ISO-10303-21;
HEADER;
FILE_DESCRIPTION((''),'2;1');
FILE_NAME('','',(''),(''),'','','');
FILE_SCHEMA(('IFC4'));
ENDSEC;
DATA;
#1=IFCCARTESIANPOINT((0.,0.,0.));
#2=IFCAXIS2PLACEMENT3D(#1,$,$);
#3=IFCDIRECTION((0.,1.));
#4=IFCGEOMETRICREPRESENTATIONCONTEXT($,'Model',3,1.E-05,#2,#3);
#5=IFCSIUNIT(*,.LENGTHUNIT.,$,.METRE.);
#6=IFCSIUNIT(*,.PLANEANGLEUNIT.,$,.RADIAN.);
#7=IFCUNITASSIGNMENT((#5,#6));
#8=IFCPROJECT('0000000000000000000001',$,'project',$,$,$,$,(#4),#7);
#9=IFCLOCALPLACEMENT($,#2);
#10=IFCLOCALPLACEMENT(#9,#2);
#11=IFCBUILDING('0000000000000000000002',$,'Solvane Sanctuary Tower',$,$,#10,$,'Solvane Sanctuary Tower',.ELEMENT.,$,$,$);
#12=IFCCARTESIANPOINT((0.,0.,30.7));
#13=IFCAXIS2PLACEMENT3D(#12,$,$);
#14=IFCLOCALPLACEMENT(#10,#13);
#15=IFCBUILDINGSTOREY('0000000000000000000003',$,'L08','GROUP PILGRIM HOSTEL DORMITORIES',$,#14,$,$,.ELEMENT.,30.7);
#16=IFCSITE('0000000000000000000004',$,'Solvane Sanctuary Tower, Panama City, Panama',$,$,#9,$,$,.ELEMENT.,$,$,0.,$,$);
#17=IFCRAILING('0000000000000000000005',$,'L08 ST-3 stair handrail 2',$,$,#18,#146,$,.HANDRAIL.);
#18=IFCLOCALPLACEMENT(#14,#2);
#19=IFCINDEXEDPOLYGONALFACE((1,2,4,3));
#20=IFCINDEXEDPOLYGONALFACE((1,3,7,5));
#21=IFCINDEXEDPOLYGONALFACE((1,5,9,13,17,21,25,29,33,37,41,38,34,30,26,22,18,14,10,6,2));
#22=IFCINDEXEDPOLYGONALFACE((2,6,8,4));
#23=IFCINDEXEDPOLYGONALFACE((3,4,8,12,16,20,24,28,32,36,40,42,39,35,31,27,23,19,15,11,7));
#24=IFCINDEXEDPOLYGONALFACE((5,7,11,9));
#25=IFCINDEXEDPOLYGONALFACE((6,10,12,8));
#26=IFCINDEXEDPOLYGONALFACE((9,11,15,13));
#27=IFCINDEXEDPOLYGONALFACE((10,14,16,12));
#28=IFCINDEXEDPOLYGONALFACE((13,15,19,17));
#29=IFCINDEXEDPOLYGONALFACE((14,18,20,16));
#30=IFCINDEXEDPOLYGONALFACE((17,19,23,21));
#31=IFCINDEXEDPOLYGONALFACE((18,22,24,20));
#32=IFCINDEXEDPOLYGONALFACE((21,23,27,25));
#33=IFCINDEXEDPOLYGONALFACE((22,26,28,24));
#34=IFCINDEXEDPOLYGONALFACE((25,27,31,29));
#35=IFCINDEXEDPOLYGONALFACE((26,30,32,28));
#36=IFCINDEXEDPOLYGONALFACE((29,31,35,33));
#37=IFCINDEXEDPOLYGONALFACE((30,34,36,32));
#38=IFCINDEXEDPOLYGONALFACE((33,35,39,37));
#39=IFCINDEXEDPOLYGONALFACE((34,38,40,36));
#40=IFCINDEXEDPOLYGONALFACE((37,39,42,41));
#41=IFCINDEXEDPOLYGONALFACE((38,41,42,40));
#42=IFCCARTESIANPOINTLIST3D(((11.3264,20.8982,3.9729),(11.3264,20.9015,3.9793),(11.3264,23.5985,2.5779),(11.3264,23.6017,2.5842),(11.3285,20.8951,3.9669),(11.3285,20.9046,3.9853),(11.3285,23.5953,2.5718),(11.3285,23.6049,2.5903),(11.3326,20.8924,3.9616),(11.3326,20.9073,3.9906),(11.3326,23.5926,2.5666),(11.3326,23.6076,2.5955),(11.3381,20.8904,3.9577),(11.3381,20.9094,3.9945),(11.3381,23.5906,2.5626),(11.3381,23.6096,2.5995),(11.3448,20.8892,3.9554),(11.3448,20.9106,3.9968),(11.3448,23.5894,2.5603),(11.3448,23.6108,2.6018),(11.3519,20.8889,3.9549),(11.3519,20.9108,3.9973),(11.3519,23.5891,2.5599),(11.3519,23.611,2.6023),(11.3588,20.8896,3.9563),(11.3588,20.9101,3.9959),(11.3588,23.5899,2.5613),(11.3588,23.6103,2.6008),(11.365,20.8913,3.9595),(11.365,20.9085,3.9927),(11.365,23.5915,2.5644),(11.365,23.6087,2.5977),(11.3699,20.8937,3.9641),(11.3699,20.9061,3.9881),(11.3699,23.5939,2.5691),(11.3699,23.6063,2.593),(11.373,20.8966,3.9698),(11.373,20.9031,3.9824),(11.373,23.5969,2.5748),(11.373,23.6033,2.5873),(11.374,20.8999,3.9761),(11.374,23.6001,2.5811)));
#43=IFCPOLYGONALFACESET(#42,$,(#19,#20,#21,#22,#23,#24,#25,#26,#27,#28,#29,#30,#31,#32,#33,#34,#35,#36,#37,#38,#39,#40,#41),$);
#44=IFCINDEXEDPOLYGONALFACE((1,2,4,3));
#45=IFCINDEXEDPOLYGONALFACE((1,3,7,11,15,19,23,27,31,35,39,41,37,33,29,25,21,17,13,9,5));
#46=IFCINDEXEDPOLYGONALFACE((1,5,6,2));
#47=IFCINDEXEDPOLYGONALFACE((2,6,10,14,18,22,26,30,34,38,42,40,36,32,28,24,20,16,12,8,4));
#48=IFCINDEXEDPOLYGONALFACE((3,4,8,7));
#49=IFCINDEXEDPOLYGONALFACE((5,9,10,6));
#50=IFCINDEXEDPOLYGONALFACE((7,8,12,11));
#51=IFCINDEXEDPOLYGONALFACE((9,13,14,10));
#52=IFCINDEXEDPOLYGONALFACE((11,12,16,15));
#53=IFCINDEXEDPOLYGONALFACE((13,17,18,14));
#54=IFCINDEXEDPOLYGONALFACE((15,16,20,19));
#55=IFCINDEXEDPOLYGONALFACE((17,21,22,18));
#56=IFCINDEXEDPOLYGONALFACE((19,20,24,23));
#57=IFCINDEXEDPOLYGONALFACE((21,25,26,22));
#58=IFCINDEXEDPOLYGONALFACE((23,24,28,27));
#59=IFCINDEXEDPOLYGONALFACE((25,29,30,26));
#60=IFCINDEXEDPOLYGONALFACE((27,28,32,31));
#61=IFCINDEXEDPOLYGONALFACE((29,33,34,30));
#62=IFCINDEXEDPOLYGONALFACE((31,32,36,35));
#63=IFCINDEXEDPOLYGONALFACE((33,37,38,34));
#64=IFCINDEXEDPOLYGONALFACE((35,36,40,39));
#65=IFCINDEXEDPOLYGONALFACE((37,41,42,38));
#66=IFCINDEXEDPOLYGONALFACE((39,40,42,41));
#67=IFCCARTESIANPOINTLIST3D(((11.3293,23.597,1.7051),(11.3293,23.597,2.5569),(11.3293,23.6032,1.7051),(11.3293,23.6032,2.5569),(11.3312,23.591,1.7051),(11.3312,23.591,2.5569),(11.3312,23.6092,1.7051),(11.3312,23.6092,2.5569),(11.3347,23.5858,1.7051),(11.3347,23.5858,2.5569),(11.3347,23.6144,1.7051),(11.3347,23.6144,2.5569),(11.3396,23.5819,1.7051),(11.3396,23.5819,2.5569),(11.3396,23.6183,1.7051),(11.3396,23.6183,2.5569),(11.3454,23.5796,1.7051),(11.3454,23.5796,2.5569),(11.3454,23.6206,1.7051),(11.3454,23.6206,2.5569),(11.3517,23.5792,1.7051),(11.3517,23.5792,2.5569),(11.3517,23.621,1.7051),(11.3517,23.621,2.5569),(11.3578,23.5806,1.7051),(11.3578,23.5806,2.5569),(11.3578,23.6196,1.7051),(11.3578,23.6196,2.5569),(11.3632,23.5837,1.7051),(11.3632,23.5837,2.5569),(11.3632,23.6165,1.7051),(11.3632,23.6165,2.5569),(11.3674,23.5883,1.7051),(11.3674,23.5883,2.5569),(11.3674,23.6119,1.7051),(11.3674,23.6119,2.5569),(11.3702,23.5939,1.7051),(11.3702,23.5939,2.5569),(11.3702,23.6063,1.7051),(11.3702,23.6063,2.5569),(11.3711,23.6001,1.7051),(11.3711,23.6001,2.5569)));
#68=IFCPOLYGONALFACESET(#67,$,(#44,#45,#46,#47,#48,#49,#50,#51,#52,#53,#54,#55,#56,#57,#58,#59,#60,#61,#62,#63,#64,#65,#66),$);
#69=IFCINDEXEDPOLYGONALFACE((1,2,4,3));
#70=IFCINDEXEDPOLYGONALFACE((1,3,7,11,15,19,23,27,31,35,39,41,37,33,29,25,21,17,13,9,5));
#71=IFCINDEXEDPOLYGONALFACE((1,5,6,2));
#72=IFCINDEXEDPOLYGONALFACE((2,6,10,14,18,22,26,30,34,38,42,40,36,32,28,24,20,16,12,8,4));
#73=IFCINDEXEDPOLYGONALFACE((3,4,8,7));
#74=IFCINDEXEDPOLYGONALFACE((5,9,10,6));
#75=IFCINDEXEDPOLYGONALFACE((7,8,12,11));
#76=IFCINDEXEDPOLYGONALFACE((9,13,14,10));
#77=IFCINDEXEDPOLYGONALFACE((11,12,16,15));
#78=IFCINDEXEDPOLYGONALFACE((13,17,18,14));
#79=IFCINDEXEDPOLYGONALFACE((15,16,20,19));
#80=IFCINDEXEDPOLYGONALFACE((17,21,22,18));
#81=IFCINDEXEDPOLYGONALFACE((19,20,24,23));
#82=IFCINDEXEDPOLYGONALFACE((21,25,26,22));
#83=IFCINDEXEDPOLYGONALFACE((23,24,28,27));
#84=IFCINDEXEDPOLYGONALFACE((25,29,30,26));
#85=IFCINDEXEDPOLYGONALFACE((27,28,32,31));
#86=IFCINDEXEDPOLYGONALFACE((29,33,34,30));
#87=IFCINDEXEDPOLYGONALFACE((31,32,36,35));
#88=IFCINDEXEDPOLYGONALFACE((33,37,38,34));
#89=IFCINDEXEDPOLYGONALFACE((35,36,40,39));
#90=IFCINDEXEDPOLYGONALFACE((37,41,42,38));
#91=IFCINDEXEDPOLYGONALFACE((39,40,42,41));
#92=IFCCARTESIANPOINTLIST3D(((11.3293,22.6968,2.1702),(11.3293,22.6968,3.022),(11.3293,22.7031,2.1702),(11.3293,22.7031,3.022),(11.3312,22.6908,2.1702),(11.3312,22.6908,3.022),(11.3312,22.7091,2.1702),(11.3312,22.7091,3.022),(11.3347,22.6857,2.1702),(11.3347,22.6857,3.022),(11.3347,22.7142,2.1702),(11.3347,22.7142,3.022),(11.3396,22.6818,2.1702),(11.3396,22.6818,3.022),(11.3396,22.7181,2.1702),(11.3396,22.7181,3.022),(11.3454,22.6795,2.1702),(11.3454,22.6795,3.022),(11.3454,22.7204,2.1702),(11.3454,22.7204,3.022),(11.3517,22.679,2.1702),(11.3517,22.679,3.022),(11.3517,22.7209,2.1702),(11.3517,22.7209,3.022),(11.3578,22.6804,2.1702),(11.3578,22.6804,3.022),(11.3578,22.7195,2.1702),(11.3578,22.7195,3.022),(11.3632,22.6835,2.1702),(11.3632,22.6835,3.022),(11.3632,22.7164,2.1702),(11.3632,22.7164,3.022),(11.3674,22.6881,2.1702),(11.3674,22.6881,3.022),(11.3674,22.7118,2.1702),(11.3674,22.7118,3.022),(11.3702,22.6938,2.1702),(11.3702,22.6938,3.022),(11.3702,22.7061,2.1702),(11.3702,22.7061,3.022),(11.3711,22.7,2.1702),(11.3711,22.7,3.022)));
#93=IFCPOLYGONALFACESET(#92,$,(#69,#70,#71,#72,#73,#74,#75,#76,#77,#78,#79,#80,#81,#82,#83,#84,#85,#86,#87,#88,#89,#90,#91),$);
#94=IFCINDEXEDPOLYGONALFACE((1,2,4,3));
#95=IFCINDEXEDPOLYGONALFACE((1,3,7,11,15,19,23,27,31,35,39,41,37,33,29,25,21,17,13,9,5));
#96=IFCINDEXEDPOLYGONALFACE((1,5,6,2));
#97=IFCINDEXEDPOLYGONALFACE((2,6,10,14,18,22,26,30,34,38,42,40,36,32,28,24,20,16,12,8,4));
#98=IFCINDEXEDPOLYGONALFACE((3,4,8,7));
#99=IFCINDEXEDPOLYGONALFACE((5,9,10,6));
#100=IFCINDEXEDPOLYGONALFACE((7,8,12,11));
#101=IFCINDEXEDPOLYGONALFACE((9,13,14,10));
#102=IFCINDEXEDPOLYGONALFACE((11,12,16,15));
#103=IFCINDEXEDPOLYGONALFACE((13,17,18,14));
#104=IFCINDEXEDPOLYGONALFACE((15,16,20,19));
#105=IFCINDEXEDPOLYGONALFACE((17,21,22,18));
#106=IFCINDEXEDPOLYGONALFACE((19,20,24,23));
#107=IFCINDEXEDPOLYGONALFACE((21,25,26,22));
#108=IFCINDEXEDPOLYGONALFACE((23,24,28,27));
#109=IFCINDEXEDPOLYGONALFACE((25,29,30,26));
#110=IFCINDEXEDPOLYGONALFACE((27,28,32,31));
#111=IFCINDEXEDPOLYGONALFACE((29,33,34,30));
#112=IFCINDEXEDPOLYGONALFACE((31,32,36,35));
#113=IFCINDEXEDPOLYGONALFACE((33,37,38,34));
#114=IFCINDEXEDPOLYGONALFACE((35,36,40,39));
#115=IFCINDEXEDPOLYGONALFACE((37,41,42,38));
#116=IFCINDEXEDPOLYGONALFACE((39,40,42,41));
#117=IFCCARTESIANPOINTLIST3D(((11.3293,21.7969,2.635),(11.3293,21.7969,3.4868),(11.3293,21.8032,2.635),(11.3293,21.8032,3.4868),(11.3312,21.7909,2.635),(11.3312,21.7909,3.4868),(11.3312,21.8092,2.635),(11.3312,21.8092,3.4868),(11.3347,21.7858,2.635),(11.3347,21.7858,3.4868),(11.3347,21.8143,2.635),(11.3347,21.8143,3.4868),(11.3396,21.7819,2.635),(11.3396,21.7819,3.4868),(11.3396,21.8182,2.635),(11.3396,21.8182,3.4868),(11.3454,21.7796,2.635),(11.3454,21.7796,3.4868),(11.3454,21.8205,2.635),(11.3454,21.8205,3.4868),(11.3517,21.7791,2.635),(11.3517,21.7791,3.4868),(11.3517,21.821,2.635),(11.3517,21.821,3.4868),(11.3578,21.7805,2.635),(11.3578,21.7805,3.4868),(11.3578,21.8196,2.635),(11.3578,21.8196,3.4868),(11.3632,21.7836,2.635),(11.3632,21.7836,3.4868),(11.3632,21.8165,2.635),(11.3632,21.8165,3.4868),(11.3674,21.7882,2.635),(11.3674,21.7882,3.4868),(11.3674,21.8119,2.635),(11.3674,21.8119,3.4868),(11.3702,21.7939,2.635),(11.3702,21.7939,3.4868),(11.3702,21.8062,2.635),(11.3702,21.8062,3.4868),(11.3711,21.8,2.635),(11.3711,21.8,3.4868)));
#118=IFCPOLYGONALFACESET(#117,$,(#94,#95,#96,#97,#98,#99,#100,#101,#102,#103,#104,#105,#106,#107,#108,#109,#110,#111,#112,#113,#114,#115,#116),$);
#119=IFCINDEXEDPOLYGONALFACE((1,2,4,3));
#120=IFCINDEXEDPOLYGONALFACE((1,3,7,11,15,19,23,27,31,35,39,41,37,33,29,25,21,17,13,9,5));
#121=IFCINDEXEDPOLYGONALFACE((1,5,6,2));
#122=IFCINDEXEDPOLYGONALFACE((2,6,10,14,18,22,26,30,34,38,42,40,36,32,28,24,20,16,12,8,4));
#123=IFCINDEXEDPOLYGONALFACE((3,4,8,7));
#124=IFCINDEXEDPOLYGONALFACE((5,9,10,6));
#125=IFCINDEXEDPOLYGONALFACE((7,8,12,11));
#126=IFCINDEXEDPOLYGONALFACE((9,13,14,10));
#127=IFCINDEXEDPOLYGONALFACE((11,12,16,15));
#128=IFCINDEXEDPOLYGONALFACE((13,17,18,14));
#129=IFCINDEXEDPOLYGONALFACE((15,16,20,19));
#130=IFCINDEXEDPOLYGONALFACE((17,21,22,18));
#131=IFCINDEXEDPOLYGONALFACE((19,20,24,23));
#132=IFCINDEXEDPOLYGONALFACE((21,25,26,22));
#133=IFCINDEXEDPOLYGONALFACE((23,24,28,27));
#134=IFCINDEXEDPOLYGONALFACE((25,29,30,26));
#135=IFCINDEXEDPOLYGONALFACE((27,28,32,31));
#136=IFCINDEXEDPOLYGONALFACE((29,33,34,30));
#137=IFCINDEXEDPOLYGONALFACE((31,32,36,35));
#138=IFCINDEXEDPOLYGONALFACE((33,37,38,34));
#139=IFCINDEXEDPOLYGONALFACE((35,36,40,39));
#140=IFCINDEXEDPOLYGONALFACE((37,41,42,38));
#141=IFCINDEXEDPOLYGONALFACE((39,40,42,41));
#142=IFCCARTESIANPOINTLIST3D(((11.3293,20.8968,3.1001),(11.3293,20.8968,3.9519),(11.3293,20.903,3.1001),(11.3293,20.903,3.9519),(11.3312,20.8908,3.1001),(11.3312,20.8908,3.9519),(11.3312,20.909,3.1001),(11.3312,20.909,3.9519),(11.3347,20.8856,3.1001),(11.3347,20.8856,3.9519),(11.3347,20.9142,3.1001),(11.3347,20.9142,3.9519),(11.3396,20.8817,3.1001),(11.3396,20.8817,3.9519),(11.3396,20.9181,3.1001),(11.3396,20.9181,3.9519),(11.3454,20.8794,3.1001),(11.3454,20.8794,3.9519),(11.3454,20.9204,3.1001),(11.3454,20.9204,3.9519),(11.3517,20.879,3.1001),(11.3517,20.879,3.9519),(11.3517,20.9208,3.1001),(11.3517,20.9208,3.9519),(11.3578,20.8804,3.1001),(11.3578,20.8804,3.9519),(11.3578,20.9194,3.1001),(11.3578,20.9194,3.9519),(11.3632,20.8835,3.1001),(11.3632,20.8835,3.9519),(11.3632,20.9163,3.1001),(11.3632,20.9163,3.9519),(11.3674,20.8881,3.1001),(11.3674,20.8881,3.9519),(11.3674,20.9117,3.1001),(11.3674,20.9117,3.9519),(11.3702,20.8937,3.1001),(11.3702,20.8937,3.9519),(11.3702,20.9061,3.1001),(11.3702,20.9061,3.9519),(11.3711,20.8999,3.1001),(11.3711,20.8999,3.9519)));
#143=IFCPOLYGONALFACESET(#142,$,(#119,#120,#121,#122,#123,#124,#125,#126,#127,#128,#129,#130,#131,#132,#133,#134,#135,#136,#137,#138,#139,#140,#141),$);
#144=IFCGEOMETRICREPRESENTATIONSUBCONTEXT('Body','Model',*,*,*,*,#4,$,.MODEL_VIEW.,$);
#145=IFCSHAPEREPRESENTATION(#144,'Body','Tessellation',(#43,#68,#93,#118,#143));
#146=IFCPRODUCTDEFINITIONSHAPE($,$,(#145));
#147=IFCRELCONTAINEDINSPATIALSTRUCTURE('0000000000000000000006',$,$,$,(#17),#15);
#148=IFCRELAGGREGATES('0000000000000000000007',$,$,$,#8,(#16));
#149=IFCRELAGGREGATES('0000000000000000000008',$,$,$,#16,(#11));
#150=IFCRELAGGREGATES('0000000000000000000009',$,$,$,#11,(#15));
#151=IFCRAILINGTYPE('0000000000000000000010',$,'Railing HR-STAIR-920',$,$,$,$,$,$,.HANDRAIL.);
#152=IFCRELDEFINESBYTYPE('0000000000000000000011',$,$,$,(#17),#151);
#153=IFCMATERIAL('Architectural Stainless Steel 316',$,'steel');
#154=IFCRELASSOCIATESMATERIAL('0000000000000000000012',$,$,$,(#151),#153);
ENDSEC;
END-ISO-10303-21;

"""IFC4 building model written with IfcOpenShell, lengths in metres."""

from ifc_helpers import new_model, si_unit, direction, frame, origin, origin_2d, place, context, subcontext, project, spatial, circle, extrude, material, type_object, element, save


model = new_model("IFC4")

# Units and contexts
model_context = context("Model", 3, precision=1e-05, world=origin(), true_north=direction((0.0, 1.0)))
body_context = subcontext(model_context, "Body", "Model", "MODEL_VIEW")
ifc_project = project(units=[si_unit("LENGTHUNIT", "METRE"), si_unit("PLANEANGLEUNIT", "RADIAN")], contexts=[model_context])

# Site, building, storey
site_placement = place(None, origin())
site = spatial("IfcSite", under=ifc_project, at=site_placement, Name="Solvane Sanctuary Tower, Panama City, Panama", CompositionType="ELEMENT", RefElevation=0.0)
building_placement = place(site_placement, origin())
building = spatial("IfcBuilding", under=site, at=building_placement, Name="Solvane Sanctuary Tower", LongName="Solvane Sanctuary Tower", CompositionType="ELEMENT")
storey_placement = place(building_placement, frame((0.0, 0.0, 30.7)))
storey = spatial("IfcBuildingStorey", under=building, at=storey_placement, Name="L08", Description="GROUP PILGRIM HOSTEL DORMITORIES", CompositionType="ELEMENT", Elevation=30.7)

# Railing
ifc_material_1 = material(Name="Architectural Stainless Steel 316", Category="steel")
railing_type_1 = type_object("IfcRailingType", Name="Railing HR-STAIR-920", PredefinedType="HANDRAIL", material=ifc_material_1)
railing_1_placement = place(storey_placement, frame((11.3501, 23.6001, 1.7051)))
element("IfcRailing", 1, at=railing_1_placement, inside=storey, type_object=railing_type_1, Name="L08 ST-3 stair handrail 2", PredefinedType="HANDRAIL", context=body_context, shape_type="SweptSolid", body=[
    extrude(circle(Radius=0.0239, at=origin_2d()), frame((0.0, 0.0, 0.876), z_axis=(0.0, -0.888437, 0.458999), x_axis=(1.0, 0.0, 0.0)), (0.0, 0.0, 1.0), 3.0393),
    extrude(circle(Radius=0.021, at=origin_2d()), origin(), (0.0, 0.0, 1.0), 0.8518),
    extrude(circle(Radius=0.021, at=origin_2d()), frame((0.0, -0.9001, 0.4651)), (0.0, 0.0, 1.0), 0.8518),
    extrude(circle(Radius=0.021, at=origin_2d()), frame((0.0, -1.8, 0.9299)), (0.0, 0.0, 1.0), 0.8518),
    extrude(circle(Radius=0.021, at=origin_2d()), frame((0.0, -2.7002, 1.395)), (0.0, 0.0, 1.0), 0.8518),
])

save(model, "model.ifc")
